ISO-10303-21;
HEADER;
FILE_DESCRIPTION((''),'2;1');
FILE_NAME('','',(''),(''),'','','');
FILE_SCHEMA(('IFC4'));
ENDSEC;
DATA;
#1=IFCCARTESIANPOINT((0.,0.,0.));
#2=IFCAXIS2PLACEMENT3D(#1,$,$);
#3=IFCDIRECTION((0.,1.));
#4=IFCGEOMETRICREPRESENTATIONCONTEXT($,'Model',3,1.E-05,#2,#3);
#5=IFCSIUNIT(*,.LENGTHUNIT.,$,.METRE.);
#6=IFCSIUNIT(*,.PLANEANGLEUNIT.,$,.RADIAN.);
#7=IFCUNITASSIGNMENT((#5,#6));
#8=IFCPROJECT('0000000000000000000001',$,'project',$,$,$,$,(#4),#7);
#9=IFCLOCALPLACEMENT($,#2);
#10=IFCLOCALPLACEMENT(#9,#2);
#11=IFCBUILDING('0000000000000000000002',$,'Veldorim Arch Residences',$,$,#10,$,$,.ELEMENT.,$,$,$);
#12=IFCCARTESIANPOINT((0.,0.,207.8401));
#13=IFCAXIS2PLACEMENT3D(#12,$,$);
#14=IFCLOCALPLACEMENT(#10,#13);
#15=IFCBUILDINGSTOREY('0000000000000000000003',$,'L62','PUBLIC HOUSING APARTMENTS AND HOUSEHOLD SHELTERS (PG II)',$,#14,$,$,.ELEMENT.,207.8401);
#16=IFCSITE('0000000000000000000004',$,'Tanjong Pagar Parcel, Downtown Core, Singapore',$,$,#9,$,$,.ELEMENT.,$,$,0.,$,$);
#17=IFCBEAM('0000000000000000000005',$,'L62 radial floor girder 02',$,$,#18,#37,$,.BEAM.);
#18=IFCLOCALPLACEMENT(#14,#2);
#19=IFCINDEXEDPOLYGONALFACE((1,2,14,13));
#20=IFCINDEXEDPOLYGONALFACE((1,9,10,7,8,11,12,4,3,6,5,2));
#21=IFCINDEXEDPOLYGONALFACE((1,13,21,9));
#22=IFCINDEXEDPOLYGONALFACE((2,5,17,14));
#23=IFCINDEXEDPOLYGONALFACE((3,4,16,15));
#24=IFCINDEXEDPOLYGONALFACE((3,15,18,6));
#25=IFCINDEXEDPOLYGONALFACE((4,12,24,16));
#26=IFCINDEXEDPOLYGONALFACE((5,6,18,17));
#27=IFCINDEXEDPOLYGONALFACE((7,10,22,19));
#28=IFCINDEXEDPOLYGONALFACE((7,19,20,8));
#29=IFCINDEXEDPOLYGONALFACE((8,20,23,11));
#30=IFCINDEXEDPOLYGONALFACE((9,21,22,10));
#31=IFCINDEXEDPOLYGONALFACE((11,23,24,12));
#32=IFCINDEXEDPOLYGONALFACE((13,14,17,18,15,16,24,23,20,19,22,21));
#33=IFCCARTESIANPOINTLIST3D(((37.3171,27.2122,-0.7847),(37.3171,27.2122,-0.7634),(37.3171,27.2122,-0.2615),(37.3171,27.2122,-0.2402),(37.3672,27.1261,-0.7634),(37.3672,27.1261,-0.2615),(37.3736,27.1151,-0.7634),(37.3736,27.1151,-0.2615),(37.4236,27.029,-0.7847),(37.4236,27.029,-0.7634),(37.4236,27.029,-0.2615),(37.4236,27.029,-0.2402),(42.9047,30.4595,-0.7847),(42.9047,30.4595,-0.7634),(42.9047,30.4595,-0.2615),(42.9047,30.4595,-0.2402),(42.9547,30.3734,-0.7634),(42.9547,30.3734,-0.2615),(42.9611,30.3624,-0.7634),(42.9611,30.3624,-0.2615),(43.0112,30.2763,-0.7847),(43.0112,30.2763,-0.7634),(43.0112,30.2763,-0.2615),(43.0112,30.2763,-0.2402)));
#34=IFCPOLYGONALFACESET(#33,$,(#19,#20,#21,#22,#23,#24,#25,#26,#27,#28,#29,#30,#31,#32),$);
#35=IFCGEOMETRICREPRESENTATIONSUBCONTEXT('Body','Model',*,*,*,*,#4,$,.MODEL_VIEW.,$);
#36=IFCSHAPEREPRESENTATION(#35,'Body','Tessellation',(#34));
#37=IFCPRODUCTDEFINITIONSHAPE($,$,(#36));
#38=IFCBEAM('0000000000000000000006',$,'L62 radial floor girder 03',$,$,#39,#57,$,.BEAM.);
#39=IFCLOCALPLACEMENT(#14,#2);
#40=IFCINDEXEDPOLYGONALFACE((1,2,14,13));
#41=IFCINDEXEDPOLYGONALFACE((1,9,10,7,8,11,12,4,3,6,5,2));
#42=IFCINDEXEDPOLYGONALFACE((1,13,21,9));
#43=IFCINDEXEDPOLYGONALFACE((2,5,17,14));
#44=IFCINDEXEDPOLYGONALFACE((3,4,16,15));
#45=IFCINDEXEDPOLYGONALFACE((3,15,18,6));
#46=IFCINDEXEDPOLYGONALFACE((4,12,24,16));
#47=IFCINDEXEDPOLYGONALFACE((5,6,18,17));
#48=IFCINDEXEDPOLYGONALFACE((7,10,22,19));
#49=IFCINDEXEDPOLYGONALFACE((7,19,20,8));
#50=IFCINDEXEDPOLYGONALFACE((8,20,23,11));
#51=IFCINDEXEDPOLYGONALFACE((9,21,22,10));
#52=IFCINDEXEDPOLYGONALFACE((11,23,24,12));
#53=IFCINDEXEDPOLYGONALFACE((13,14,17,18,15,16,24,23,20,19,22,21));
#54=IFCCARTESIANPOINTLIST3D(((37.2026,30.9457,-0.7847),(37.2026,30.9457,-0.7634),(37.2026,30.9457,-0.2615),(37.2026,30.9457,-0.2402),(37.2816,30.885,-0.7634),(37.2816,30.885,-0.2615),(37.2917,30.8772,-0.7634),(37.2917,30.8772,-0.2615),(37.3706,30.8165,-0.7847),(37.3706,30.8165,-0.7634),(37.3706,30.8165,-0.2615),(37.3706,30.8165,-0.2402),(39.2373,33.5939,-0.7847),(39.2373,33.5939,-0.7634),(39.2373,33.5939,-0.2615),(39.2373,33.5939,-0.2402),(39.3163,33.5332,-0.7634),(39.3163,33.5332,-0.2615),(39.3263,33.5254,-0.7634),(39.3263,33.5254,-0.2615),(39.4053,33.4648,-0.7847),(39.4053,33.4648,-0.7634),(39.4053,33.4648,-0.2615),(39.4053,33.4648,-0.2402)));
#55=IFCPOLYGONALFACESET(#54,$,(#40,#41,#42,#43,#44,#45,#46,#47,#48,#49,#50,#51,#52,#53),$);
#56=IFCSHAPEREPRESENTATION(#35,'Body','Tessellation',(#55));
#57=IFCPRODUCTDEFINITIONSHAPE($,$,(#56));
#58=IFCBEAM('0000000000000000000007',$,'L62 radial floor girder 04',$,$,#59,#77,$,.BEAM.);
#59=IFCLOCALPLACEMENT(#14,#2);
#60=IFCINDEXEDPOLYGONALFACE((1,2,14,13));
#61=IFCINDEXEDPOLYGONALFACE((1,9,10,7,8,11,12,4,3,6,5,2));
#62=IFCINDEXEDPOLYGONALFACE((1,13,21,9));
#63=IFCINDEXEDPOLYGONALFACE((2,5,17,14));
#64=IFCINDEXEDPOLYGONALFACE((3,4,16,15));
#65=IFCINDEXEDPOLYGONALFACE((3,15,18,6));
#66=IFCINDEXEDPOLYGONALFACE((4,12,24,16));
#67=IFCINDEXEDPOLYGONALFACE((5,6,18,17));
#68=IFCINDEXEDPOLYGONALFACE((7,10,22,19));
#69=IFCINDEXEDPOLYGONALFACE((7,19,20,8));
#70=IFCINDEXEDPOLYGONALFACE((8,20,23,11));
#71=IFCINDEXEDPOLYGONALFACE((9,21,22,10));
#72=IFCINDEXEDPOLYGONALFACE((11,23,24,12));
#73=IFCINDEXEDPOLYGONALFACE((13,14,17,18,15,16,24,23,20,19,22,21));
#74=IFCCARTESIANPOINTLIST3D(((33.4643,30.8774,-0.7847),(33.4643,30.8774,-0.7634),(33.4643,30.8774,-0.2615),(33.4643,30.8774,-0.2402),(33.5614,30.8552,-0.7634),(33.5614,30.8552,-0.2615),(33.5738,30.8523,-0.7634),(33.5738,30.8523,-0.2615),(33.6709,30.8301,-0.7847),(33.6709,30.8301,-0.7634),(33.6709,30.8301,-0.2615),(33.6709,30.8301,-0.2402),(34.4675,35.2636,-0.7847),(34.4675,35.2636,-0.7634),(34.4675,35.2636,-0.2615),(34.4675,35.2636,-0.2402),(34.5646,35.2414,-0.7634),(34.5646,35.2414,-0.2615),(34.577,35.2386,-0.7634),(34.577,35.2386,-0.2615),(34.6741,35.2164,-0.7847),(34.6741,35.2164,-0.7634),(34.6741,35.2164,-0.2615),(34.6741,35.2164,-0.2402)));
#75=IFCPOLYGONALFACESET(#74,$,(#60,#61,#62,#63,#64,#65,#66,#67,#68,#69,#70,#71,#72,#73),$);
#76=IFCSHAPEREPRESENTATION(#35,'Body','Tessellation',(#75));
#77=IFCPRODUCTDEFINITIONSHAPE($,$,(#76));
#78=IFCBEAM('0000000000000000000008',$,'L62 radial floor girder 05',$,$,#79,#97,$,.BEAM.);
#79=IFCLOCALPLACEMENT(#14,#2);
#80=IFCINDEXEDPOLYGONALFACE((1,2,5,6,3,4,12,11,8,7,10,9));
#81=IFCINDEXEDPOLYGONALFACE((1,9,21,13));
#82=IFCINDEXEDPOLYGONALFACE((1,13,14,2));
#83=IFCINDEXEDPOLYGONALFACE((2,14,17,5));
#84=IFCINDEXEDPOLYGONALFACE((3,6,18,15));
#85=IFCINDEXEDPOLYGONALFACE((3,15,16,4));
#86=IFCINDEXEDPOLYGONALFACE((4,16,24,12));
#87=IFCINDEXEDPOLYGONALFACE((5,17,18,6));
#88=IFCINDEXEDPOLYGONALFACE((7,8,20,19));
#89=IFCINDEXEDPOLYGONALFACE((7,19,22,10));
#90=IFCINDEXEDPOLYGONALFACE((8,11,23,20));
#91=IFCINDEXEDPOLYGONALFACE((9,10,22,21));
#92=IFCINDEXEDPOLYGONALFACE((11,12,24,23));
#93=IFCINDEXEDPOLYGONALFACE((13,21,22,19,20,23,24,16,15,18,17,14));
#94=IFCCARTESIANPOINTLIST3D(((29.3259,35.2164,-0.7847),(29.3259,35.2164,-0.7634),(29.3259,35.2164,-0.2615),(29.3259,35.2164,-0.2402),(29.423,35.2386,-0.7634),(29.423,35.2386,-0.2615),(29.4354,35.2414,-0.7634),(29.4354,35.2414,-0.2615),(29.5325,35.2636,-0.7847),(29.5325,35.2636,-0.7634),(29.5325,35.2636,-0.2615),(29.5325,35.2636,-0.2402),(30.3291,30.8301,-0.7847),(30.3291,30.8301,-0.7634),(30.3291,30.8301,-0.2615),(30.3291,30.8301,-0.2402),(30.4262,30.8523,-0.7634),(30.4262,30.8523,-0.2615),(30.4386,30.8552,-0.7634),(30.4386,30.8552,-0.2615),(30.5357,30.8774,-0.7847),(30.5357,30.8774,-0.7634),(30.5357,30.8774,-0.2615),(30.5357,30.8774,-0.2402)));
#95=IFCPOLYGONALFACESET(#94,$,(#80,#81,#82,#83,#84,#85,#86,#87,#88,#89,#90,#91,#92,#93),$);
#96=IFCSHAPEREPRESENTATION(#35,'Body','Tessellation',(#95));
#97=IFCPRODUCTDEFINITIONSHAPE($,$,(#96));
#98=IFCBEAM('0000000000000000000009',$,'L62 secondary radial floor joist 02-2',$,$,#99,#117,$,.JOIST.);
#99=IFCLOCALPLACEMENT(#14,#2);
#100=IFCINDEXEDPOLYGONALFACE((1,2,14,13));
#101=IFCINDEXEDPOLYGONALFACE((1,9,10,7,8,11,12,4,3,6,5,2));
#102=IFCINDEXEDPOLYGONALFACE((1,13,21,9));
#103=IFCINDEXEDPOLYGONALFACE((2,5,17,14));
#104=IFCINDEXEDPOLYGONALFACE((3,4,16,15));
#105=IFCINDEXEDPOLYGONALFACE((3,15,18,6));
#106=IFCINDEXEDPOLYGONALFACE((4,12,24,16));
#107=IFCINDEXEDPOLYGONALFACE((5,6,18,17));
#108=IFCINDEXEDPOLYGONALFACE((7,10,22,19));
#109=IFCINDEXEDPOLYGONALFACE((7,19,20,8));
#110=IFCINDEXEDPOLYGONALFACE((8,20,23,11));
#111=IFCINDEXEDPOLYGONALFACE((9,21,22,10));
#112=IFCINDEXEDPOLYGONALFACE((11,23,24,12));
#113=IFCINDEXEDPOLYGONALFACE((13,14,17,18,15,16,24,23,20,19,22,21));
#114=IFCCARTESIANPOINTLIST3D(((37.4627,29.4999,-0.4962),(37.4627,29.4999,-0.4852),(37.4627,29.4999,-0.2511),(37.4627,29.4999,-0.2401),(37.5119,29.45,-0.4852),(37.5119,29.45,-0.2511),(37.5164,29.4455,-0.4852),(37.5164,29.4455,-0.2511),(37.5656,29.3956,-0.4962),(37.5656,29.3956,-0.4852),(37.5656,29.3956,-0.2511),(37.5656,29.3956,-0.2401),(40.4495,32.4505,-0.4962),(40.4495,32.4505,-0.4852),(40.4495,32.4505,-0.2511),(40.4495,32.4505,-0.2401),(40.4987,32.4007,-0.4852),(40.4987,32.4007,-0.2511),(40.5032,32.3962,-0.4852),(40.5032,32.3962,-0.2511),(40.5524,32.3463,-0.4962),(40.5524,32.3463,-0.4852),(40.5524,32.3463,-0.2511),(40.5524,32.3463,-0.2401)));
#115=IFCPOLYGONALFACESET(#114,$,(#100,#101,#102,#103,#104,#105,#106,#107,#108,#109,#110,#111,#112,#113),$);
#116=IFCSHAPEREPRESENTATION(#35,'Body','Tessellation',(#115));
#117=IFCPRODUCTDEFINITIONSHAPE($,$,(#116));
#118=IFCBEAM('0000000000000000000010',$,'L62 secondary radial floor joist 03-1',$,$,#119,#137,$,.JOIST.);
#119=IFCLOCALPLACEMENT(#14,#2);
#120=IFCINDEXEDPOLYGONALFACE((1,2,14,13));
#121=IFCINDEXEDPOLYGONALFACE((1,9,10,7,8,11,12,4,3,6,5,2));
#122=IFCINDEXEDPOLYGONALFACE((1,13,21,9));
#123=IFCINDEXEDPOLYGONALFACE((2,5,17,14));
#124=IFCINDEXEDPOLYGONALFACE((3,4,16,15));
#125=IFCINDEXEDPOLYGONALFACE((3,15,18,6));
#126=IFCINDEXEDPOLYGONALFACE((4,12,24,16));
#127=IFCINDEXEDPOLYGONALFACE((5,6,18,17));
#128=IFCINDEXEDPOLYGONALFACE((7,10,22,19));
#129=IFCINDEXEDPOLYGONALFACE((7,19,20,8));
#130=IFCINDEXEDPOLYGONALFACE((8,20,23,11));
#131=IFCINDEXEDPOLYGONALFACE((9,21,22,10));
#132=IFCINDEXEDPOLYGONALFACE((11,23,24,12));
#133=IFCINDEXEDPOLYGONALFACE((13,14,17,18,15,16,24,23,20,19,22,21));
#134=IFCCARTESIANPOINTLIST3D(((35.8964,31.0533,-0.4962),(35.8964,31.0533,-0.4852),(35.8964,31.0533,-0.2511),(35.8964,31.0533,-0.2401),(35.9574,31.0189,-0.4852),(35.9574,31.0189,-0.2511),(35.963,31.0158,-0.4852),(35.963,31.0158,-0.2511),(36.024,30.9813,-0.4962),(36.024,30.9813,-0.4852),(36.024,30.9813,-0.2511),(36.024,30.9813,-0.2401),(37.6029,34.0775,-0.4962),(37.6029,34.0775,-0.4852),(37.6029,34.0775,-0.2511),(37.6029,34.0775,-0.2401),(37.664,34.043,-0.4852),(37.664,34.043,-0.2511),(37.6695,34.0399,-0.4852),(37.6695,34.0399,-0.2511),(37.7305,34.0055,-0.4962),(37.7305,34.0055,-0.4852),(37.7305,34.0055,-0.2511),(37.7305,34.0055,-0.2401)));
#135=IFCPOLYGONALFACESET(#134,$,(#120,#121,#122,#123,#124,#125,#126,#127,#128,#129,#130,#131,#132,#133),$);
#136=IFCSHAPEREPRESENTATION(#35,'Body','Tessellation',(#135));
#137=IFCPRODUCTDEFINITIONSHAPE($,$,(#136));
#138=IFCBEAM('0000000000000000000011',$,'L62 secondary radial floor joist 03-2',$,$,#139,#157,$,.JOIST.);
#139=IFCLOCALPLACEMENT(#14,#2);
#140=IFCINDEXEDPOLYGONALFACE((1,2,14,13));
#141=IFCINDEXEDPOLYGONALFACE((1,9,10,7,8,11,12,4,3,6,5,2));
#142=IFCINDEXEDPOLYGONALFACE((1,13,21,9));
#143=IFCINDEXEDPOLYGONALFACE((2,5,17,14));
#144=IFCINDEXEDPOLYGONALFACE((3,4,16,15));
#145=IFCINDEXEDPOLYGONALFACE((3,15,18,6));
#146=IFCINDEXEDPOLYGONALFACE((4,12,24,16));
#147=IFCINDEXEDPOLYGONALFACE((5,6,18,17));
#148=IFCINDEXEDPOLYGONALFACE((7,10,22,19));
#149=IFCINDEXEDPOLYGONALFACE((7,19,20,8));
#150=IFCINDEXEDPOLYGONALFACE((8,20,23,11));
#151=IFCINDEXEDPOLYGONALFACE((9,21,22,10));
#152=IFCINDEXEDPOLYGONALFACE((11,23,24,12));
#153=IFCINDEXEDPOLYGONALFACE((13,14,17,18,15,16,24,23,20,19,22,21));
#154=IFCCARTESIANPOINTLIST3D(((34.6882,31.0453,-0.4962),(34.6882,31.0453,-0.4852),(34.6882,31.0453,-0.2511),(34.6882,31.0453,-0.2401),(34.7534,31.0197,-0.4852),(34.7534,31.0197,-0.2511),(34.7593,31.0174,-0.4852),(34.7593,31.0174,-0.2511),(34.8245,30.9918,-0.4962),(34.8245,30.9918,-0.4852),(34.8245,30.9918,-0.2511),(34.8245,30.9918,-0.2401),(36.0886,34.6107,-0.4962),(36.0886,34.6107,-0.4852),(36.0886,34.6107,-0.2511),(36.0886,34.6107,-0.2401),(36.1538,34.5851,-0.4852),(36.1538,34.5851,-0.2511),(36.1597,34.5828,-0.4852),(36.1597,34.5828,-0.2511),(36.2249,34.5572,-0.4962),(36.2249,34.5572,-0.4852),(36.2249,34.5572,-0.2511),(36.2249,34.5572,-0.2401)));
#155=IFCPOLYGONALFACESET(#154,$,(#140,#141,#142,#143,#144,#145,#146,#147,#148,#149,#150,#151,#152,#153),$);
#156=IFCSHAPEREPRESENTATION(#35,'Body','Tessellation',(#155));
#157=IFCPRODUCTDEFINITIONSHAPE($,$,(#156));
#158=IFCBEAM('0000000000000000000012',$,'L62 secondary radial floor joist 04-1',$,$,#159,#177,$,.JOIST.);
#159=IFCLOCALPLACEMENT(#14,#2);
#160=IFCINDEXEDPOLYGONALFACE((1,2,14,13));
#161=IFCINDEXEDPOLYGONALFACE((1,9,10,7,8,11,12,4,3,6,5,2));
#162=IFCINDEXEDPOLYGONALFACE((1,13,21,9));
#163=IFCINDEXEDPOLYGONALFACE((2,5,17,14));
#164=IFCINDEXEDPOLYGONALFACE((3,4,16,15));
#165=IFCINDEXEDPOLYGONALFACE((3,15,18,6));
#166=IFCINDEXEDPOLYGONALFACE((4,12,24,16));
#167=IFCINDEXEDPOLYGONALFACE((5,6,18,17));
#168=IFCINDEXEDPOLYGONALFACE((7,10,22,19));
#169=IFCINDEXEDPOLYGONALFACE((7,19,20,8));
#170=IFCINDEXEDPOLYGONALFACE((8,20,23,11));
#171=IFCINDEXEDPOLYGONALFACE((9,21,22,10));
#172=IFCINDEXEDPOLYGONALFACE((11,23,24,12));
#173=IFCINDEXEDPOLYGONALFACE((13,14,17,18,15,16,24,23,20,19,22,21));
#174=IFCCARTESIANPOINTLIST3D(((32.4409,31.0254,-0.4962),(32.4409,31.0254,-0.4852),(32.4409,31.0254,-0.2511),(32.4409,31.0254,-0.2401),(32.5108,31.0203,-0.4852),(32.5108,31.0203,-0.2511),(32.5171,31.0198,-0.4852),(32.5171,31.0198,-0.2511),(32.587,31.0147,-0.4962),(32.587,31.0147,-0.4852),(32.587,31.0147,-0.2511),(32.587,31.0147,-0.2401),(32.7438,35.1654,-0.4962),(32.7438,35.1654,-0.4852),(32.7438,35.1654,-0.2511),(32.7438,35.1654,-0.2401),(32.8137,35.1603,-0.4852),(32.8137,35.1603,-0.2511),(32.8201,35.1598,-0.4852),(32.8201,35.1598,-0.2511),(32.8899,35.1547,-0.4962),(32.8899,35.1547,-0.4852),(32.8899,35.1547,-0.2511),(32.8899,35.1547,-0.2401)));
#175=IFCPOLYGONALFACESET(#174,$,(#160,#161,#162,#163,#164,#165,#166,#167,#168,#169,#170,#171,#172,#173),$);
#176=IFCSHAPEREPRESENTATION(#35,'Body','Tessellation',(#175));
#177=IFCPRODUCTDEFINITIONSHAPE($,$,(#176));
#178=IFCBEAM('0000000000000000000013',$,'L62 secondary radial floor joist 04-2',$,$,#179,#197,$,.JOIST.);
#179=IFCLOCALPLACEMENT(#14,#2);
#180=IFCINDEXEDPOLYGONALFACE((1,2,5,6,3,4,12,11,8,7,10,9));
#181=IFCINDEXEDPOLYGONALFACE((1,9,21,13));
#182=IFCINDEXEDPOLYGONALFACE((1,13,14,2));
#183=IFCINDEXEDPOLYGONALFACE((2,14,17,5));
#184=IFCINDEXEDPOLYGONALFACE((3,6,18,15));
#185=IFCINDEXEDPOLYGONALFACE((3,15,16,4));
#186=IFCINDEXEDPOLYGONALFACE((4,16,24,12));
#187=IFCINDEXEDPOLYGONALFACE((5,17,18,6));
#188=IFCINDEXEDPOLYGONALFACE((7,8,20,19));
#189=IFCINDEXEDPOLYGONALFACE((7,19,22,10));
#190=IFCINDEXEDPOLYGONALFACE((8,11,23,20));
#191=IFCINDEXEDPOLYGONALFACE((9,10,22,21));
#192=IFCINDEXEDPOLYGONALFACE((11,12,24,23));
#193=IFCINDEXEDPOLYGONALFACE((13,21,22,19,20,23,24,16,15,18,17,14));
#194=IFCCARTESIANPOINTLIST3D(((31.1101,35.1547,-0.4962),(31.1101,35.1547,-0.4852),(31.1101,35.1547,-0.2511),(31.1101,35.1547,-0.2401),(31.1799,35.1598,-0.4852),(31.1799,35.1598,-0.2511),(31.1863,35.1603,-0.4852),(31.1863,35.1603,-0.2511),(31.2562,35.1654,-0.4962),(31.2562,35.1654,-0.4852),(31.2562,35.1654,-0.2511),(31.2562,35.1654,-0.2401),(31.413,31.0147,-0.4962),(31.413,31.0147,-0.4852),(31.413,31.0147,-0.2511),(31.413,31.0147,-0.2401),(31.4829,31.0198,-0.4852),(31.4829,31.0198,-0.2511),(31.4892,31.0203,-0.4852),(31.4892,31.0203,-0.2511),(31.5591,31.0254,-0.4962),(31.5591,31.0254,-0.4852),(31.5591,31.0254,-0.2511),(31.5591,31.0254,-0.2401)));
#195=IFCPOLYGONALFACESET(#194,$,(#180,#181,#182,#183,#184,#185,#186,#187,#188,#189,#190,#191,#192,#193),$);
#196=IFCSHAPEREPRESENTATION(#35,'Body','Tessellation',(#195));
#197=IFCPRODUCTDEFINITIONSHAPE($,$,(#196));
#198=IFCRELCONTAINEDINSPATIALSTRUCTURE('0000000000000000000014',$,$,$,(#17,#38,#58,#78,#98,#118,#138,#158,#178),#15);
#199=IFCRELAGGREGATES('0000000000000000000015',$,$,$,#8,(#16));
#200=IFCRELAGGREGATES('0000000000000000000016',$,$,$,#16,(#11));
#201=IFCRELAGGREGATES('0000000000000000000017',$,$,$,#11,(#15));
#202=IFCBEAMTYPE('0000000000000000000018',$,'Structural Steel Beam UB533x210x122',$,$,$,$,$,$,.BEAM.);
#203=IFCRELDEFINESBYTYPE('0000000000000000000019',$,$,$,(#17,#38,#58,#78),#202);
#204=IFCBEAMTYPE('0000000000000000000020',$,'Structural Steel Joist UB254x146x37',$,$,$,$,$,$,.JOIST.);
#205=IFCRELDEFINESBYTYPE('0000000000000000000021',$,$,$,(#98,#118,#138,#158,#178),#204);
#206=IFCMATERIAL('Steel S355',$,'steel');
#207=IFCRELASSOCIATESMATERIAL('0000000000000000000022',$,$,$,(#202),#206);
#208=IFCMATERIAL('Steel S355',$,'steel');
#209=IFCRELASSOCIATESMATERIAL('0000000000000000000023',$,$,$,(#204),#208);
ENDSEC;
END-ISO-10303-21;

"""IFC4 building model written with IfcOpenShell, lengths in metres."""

from ifc_helpers import new_model, si_unit, direction, frame, origin, origin_2d, place, context, subcontext, project, spatial, i_section, extrude, material, material_profile, profile_set, type_object, element, save


model = new_model("IFC4")

# Units and contexts
model_context = context("Model", 3, precision=1e-05, world=origin(), true_north=direction((0.0, 1.0)))
body_context = subcontext(model_context, "Body", "Model", "MODEL_VIEW")
ifc_project = project(units=[si_unit("LENGTHUNIT", "METRE"), si_unit("PLANEANGLEUNIT", "RADIAN")], contexts=[model_context])

# Site, building, storey
site_placement = place(None, origin())
site = spatial("IfcSite", under=ifc_project, at=site_placement, Name="Tanjong Pagar Parcel, Downtown Core, Singapore", CompositionType="ELEMENT", RefElevation=0.0)
building_placement = place(site_placement, origin())
building = spatial("IfcBuilding", under=site, at=building_placement, Name="Veldorim Arch Residences", CompositionType="ELEMENT")
storey_placement = place(building_placement, frame((0.0, 0.0, 207.8401)))
storey = spatial("IfcBuildingStorey", under=building, at=storey_placement, Name="L62", Description="PUBLIC HOUSING APARTMENTS AND HOUSEHOLD SHELTERS (PG II)", CompositionType="ELEMENT", Elevation=207.8401)

# Beams
ifc_material_1 = material(Name="Steel S355", Category="steel")
ifc_material_profile_1 = material_profile(ifc_material_1, i_section(OverallWidth=0.2119, OverallDepth=0.5444, WebThickness=0.0127, FlangeThickness=0.0212, at=origin_2d()), Name="UB533x210x122")
ifc_profile_set_1 = profile_set([ifc_material_profile_1], Name="Steel S355")
beam_type_1 = type_object("IfcBeamType", Name="Structural Steel Beam UB533x210x122", PredefinedType="BEAM", material=ifc_profile_set_1)
beam_1_placement = place(storey_placement, frame((37.3704, 27.1206, -0.5125), z_axis=(0.864596, 0.502468, 0.0), x_axis=(-0.502468, 0.864596, 0.0)))
element("IfcBeam", 1, at=beam_1_placement, inside=storey, type_object=beam_type_1, Name="L62 radial floor girder 02", PredefinedType="BEAM", context=body_context, shape_type="SweptSolid", body=[
    extrude(i_section(OverallWidth=0.2119, OverallDepth=0.5444, WebThickness=0.0127, FlangeThickness=0.0212, at=origin_2d()), origin(), (0.0, 0.0, 1.0), 6.4626),
])
beam_2_placement = place(storey_placement, frame((37.2866, 30.8811, -0.5125), z_axis=(0.609258, 0.792972, 0.0), x_axis=(-0.792972, 0.609258, 0.0)))
element("IfcBeam", 2, at=beam_2_placement, inside=storey, type_object=beam_type_1, Name="L62 radial floor girder 03", PredefinedType="BEAM", context=body_context, shape_type="SweptSolid", body=[
    extrude(i_section(OverallWidth=0.2119, OverallDepth=0.5444, WebThickness=0.0127, FlangeThickness=0.0212, at=origin_2d()), origin(), (0.0, 0.0, 1.0), 3.3396),
])
for number, where, z_axis, x_axis, name in (
    (3, (33.5676, 30.8538, -0.5125), (0.222953, 0.974829, 0.0), (-0.974829, 0.222953, 0.0), "L62 radial floor girder 04"),
    (4, (30.4324, 30.8538, -0.5125), (-0.222953, 0.974829, 0.0), (-0.974829, -0.222953, 0.0), "L62 radial floor girder 05"),
):
    element("IfcBeam", number, at=place(storey_placement, frame(where, z_axis=z_axis, x_axis=x_axis)), inside=storey, type_object=beam_type_1, Name=name, PredefinedType="BEAM", context=body_context, shape_type="SweptSolid", body=[
        extrude(i_section(OverallWidth=0.2119, OverallDepth=0.5444, WebThickness=0.0127, FlangeThickness=0.0212, at=origin_2d()), origin(), (0.0, 0.0, 1.0), 4.4995),
    ])
ifc_material_2 = material(Name="Steel S355", Category="steel")
ifc_material_profile_2 = material_profile(ifc_material_2, i_section(OverallWidth=0.1465, OverallDepth=0.2561, WebThickness=0.0063, FlangeThickness=0.011, at=origin_2d()), Name="UB254x146x37")
ifc_profile_set_2 = profile_set([ifc_material_profile_2], Name="Steel S355")
beam_type_2 = type_object("IfcBeamType", Name="Structural Steel Joist UB254x146x37", PredefinedType="JOIST", material=ifc_profile_set_2)
beam_3_placement = place(storey_placement, frame((37.5142, 29.4478, -0.3682), z_axis=(0.711397, 0.702791, 0.0), x_axis=(-0.702791, 0.711397, 0.0)))
element("IfcBeam", 5, at=beam_3_placement, inside=storey, type_object=beam_type_2, Name="L62 secondary radial floor joist 02-2", PredefinedType="JOIST", context=body_context, shape_type="SweptSolid", body=[
    extrude(i_section(OverallWidth=0.1465, OverallDepth=0.2561, WebThickness=0.0063, FlangeThickness=0.011, at=origin_2d()), origin(), (0.0, 0.0, 1.0), 4.1985),
])
beam_4_placement = place(storey_placement, frame((35.9602, 31.0173, -0.3682), z_axis=(0.491452, 0.870904, 0.0), x_axis=(-0.870904, 0.491452, 0.0)))
element("IfcBeam", 6, at=beam_4_placement, inside=storey, type_object=beam_type_2, Name="L62 secondary radial floor joist 03-1", PredefinedType="JOIST", context=body_context, shape_type="SweptSolid", body=[
    extrude(i_section(OverallWidth=0.1465, OverallDepth=0.2561, WebThickness=0.0063, FlangeThickness=0.011, at=origin_2d()), origin(), (0.0, 0.0, 1.0), 3.4724),
])
beam_5_placement = place(storey_placement, frame((34.7563, 31.0186, -0.3682), z_axis=(0.365581, 0.930779, 0.0), x_axis=(-0.930779, 0.365581, 0.0)))
element("IfcBeam", 7, at=beam_5_placement, inside=storey, type_object=beam_type_2, Name="L62 secondary radial floor joist 03-2", PredefinedType="JOIST", context=body_context, shape_type="SweptSolid", body=[
    extrude(i_section(OverallWidth=0.1465, OverallDepth=0.2561, WebThickness=0.0063, FlangeThickness=0.011, at=origin_2d()), origin(), (0.0, 0.0, 1.0), 3.8306),
])
for number, where, z_axis, x_axis, name in (
    (8, (32.5139, 31.02, -0.3682), (0.072986, 0.997333, 0.0), (-0.997333, 0.072986, 0.0), "L62 secondary radial floor joist 04-1"),
    (9, (31.4861, 31.02, -0.3682), (-0.072986, 0.997333, 0.0), (-0.997333, -0.072986, 0.0), "L62 secondary radial floor joist 04-2"),
):
    element("IfcBeam", number, at=place(storey_placement, frame(where, z_axis=z_axis, x_axis=x_axis)), inside=storey, type_object=beam_type_2, Name=name, PredefinedType="JOIST", context=body_context, shape_type="SweptSolid", body=[
        extrude(i_section(OverallWidth=0.1465, OverallDepth=0.2561, WebThickness=0.0063, FlangeThickness=0.011, at=origin_2d()), origin(), (0.0, 0.0, 1.0), 4.1511),
    ])

save(model, "model.ifc")
